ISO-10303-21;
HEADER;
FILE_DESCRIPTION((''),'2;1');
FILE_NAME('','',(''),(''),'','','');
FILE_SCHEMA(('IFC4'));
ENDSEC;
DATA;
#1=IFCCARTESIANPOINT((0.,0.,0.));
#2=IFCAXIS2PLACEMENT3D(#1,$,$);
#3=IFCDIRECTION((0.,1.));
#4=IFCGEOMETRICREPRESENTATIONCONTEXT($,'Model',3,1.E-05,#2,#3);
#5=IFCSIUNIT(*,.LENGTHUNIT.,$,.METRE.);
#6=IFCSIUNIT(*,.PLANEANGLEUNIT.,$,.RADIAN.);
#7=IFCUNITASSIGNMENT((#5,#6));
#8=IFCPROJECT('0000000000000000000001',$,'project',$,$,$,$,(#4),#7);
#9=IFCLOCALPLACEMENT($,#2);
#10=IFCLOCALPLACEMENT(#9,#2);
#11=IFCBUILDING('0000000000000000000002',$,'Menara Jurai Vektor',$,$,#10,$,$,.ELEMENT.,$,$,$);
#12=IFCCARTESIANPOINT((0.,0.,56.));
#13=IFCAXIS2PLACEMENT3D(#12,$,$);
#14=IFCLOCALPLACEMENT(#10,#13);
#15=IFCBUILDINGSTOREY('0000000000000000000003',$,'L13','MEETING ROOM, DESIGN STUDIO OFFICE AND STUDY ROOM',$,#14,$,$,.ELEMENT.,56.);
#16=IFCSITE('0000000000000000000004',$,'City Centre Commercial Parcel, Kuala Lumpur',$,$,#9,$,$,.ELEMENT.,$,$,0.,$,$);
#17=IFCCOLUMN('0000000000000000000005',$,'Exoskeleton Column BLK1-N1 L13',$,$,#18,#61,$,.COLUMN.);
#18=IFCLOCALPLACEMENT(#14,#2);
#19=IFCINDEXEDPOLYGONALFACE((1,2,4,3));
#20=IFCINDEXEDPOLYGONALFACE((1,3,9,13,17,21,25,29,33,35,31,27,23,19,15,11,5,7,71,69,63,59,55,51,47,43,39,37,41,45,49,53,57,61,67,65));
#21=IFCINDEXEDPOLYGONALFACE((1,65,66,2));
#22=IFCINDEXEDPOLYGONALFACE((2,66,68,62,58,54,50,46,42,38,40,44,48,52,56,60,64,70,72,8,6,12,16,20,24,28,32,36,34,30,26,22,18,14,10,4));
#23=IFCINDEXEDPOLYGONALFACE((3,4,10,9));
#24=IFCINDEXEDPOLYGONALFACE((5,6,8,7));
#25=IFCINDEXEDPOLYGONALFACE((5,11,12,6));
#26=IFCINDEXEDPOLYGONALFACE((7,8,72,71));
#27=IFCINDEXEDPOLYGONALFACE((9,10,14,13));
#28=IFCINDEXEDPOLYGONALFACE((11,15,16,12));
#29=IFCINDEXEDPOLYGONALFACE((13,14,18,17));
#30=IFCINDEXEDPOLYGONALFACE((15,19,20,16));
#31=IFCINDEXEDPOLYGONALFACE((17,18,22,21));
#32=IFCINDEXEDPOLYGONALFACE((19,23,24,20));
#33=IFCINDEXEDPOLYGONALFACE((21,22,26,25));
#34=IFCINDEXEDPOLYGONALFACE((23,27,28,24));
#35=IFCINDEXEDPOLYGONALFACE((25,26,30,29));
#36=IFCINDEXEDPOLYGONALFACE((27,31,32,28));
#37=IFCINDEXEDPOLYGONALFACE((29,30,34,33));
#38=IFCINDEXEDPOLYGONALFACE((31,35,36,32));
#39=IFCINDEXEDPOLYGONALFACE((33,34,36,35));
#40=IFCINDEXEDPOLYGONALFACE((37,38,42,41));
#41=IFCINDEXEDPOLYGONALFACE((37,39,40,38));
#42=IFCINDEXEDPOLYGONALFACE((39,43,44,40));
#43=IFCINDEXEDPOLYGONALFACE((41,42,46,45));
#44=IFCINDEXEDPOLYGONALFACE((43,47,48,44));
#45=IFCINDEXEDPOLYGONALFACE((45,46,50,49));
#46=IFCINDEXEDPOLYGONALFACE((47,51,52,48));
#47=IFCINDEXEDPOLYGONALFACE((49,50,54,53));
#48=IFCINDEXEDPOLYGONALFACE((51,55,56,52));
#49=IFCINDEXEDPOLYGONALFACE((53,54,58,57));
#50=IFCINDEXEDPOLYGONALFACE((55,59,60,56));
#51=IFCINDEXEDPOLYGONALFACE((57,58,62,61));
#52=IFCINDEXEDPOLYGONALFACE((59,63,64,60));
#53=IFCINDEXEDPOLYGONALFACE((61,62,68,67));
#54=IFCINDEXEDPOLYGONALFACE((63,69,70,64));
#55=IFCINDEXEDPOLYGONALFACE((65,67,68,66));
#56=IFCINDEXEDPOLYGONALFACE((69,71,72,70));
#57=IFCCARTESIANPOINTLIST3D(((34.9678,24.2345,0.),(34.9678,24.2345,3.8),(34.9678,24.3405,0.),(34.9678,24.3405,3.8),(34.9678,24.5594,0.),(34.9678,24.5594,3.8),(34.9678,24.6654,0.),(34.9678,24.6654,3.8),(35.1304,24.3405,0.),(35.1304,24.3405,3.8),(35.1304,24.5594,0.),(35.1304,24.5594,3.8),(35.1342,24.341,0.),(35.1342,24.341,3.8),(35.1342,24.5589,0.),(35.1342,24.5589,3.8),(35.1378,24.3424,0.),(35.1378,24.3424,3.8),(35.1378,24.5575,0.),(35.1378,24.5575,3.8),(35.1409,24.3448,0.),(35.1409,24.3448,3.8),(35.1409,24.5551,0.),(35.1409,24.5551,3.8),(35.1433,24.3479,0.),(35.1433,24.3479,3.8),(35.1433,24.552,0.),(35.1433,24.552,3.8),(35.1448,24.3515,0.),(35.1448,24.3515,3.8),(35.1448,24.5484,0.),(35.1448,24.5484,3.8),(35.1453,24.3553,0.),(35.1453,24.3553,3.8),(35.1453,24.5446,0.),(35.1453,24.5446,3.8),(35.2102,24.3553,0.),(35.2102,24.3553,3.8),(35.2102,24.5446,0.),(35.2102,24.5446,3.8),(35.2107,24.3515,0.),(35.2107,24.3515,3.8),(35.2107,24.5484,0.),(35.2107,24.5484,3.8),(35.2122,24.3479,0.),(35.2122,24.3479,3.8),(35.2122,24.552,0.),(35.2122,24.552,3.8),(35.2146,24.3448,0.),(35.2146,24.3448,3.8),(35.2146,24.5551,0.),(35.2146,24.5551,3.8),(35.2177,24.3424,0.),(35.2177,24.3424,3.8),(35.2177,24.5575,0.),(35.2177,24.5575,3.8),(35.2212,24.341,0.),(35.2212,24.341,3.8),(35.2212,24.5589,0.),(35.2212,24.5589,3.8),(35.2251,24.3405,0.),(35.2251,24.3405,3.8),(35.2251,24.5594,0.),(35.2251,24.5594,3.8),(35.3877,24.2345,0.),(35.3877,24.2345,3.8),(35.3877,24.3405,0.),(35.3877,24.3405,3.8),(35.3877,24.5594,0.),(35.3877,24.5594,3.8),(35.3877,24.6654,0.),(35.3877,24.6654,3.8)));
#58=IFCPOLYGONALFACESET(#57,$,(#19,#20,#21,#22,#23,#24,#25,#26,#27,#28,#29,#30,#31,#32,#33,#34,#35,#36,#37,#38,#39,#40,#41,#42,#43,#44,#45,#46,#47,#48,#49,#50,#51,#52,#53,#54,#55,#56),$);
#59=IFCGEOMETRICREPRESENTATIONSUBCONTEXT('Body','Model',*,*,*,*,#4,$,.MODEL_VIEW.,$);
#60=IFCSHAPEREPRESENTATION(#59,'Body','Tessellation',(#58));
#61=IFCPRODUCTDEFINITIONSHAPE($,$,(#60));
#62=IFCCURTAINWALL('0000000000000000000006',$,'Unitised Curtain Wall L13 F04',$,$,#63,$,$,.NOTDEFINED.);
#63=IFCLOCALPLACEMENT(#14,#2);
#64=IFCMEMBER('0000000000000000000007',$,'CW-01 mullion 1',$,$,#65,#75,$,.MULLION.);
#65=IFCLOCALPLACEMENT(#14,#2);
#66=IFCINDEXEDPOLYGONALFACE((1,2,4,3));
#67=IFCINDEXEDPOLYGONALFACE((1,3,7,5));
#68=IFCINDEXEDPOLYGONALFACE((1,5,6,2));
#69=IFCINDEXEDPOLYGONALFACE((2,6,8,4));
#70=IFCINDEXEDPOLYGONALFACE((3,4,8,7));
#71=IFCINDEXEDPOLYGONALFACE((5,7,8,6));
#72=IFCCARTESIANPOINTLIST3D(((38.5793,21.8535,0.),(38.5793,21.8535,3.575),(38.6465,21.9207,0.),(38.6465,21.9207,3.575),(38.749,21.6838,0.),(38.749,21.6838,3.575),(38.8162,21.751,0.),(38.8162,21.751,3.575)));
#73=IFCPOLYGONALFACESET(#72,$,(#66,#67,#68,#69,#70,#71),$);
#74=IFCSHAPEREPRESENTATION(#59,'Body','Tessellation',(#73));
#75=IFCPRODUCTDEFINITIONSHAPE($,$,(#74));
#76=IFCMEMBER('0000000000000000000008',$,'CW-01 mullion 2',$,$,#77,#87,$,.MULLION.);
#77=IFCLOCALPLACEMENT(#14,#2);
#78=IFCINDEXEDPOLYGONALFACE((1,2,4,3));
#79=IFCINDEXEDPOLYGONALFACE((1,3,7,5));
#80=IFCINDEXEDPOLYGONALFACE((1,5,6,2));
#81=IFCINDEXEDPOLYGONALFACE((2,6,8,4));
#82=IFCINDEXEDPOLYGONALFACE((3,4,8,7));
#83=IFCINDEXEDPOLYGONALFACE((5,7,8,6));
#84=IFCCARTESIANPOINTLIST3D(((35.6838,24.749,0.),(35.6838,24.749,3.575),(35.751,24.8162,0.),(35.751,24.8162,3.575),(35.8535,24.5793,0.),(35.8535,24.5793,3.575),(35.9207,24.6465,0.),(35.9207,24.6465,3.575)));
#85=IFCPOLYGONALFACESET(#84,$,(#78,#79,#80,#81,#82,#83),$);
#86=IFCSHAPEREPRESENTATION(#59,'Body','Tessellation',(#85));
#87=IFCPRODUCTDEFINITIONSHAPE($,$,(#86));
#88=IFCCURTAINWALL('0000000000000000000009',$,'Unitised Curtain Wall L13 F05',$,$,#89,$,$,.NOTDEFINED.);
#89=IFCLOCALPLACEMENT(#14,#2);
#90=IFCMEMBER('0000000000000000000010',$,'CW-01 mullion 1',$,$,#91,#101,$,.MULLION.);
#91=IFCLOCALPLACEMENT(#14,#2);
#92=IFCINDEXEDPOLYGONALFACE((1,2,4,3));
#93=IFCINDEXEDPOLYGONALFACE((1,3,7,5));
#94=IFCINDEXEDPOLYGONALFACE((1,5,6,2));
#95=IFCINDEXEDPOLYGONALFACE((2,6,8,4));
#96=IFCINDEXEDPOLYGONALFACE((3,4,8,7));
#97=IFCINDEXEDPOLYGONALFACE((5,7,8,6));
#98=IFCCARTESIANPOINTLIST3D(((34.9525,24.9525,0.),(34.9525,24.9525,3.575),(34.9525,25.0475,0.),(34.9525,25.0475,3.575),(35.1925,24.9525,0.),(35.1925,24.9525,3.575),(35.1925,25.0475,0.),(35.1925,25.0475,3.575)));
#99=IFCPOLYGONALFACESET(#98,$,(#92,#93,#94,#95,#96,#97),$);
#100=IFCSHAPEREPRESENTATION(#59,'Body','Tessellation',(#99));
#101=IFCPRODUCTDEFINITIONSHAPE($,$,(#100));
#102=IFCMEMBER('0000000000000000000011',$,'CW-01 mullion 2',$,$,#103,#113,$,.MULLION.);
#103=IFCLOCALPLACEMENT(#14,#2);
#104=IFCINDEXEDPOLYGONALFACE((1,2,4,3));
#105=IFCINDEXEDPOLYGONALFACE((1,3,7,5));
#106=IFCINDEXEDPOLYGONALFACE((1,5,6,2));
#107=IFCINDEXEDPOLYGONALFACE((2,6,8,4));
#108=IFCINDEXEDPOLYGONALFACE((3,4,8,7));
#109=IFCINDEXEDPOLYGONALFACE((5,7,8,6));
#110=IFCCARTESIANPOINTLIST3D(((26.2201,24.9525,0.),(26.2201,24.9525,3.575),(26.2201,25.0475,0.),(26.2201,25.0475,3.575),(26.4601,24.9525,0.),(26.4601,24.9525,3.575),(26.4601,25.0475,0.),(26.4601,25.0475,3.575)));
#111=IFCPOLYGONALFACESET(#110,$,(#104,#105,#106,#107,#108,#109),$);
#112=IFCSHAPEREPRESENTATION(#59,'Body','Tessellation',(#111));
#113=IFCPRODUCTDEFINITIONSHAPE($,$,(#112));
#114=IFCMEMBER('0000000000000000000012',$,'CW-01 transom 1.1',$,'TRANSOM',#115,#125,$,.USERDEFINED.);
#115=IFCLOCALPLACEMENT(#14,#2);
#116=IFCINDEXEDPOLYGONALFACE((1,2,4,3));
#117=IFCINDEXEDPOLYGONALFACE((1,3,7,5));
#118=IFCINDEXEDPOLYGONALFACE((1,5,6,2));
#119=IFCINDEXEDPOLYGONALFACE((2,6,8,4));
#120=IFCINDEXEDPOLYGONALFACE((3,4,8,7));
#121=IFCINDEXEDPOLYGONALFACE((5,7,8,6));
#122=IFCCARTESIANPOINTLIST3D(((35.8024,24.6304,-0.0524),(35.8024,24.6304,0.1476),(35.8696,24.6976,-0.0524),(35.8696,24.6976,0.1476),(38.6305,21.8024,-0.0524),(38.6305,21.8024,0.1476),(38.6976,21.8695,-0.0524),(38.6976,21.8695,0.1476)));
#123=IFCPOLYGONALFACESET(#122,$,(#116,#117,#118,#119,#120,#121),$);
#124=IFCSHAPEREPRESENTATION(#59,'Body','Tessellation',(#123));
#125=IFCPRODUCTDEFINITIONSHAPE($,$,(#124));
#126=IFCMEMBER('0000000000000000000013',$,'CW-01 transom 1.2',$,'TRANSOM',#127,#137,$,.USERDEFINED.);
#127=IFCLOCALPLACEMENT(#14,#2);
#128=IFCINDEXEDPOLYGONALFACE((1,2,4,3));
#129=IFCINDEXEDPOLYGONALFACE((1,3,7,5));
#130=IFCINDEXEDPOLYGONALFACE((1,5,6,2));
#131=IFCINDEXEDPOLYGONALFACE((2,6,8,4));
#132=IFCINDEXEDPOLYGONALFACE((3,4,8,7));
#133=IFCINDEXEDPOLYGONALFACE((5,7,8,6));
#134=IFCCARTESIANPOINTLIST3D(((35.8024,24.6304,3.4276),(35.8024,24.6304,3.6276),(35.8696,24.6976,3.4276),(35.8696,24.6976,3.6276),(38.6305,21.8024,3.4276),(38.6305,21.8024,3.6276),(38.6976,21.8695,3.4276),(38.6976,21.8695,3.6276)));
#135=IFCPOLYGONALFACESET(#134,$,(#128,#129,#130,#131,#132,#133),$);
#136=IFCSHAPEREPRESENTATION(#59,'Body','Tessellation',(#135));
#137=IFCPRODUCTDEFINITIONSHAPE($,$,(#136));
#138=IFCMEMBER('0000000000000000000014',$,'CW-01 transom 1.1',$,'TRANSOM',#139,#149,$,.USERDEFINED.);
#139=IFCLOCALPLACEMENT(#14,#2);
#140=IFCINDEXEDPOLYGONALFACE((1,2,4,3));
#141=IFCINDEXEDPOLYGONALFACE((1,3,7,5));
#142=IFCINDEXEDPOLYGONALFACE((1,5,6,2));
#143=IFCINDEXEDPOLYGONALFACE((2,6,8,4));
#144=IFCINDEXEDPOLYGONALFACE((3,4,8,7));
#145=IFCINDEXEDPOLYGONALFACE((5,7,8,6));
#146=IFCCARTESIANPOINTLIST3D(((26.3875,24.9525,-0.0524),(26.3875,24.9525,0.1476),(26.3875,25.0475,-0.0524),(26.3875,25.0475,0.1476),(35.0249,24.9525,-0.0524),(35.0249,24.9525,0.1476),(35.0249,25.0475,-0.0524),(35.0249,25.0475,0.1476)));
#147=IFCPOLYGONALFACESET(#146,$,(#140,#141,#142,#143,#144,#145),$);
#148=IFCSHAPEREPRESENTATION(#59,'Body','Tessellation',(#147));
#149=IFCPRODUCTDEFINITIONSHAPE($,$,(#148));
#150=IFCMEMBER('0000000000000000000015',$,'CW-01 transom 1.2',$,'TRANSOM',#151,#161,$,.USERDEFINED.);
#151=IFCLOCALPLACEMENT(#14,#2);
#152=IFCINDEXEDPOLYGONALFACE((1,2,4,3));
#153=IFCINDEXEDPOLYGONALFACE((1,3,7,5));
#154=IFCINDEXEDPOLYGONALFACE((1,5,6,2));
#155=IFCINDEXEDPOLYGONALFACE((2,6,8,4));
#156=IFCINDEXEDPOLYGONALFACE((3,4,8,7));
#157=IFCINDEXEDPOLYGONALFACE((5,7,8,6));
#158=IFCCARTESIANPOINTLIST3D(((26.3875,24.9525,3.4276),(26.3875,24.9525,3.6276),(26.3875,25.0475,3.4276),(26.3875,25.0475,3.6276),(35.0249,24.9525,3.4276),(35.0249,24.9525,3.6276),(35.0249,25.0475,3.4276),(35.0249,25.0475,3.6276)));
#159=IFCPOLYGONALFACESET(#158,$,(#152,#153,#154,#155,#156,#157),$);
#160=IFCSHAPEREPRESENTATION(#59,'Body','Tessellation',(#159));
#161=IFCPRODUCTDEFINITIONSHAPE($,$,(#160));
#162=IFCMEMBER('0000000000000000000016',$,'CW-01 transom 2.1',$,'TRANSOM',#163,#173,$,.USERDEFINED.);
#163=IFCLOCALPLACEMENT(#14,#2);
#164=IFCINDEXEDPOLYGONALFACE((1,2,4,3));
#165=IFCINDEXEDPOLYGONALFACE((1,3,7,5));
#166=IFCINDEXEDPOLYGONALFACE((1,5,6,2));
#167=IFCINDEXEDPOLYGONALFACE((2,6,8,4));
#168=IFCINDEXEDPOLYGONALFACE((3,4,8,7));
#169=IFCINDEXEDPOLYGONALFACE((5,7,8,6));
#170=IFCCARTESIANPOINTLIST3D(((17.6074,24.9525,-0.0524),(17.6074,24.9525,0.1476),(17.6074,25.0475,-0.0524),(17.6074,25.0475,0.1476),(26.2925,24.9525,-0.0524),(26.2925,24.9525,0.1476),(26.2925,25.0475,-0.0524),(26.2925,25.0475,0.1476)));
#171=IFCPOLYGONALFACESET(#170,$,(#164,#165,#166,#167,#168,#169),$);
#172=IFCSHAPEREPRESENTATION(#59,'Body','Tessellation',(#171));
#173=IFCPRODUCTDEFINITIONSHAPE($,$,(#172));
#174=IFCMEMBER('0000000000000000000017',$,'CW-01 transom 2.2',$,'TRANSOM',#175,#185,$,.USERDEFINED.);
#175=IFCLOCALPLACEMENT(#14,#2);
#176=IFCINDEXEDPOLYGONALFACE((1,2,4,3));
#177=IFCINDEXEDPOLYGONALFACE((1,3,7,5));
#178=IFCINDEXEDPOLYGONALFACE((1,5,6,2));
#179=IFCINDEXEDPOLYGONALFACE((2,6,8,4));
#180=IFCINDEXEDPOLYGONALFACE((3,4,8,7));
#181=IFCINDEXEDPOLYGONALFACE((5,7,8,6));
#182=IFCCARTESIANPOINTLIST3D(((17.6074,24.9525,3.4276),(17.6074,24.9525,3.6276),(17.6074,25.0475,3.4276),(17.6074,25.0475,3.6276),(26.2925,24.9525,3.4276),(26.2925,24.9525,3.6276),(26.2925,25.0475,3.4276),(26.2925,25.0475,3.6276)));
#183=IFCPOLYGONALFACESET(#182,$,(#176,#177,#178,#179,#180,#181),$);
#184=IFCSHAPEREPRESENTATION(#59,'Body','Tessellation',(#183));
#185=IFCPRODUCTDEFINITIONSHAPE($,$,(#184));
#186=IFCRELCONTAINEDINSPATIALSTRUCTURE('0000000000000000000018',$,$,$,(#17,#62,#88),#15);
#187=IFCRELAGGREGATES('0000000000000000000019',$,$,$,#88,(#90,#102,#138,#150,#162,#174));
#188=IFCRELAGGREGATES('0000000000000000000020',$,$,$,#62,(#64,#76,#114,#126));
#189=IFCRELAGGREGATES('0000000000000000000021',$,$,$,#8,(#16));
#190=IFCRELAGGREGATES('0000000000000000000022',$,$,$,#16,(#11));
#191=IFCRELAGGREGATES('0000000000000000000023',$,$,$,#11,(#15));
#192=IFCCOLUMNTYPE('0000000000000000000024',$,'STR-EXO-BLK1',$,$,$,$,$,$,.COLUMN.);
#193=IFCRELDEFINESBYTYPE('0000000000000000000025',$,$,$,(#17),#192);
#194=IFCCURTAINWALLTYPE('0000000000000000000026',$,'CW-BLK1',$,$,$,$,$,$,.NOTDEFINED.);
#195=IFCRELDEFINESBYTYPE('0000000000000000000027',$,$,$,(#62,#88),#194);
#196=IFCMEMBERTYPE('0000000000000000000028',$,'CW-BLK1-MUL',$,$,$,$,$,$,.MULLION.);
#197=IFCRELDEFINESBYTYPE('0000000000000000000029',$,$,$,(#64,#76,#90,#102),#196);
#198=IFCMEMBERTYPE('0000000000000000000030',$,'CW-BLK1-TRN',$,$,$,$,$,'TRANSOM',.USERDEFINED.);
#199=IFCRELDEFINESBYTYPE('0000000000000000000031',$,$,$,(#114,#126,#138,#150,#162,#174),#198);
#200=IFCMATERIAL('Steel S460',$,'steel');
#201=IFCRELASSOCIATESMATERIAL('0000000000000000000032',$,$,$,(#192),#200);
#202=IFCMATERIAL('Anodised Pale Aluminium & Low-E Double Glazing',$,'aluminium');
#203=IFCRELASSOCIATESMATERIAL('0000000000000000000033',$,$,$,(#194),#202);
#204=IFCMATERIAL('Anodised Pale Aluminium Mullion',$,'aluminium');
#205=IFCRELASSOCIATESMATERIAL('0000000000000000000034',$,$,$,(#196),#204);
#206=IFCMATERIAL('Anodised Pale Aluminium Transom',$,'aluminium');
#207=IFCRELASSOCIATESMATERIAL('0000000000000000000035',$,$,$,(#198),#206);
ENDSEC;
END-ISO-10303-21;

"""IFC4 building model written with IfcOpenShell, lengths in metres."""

from ifc_helpers import new_model, si_unit, direction, frame, origin, origin_2d, place, context, subcontext, project, spatial, rectangle, i_section, extrude, material, material_profile, profile_set, type_object, element, aggregate, save


model = new_model("IFC4")

# Units and contexts
model_context = context("Model", 3, precision=1e-05, world=origin(), true_north=direction((0.0, 1.0)))
body_context = subcontext(model_context, "Body", "Model", "MODEL_VIEW")
ifc_project = project(units=[si_unit("LENGTHUNIT", "METRE"), si_unit("PLANEANGLEUNIT", "RADIAN")], contexts=[model_context])

# Site, building, storey
site_placement = place(None, origin())
site = spatial("IfcSite", under=ifc_project, at=site_placement, Name="City Centre Commercial Parcel, Kuala Lumpur", CompositionType="ELEMENT", RefElevation=0.0)
building_placement = place(site_placement, origin())
building = spatial("IfcBuilding", under=site, at=building_placement, Name="Menara Jurai Vektor", CompositionType="ELEMENT")
storey_placement = place(building_placement, frame((0.0, 0.0, 56.0)))
storey = spatial("IfcBuildingStorey", under=building, at=storey_placement, Name="L13", Description="MEETING ROOM, DESIGN STUDIO OFFICE AND STUDY ROOM", CompositionType="ELEMENT", Elevation=56.0)

# Column
ifc_material_1 = material(Name="Steel S460", Category="steel")
ifc_material_profile_1 = material_profile(ifc_material_1, i_section(OverallWidth=0.4199, OverallDepth=0.4309, WebThickness=0.0649, FlangeThickness=0.106, FilletRadius=0.0149, at=origin_2d()), Name="HD 400x900")
ifc_profile_set_1 = profile_set([ifc_material_profile_1], Name="Steel S460")
column_type = type_object("IfcColumnType", Name="STR-EXO-BLK1", PredefinedType="COLUMN", material=ifc_profile_set_1)
column_placement = place(storey_placement, frame((35.1777, 24.45, 0.0), z_axis=(0.0, 0.0, 1.0), x_axis=(1.0, 0.0, 0.0)))
element("IfcColumn", 1, at=column_placement, inside=storey, type_object=column_type, Name="Exoskeleton Column BLK1-N1 L13", PredefinedType="COLUMN", context=body_context, shape_type="SweptSolid", body=[
    extrude(i_section(OverallWidth=0.4199, OverallDepth=0.4309, WebThickness=0.0649, FlangeThickness=0.106, FilletRadius=0.0149, at=origin_2d()), origin(), (0.0, 0.0, 1.0), 3.8),
])

# Curtain walls, members
ifc_material_2 = material(Name="Anodised Pale Aluminium & Low-E Double Glazing", Category="aluminium")
curtain_wall_type = type_object("IfcCurtainWallType", Name="CW-BLK1", PredefinedType="NOTDEFINED", material=ifc_material_2)
curtain_wall_1_placement = place(storey_placement, origin())
curtain_wall_1 = element("IfcCurtainWall", 2, at=curtain_wall_1_placement, inside=storey, type_object=curtain_wall_type, Name="Unitised Curtain Wall L13 F04", PredefinedType="NOTDEFINED")
ifc_material_3 = material(Name="Anodised Pale Aluminium Mullion", Category="aluminium")
ifc_material_profile_2 = material_profile(ifc_material_3, rectangle(XDim=0.095, YDim=0.24, at=origin_2d()), Name="ALU MUL 95x240")
ifc_profile_set_2 = profile_set([ifc_material_profile_2], Name="Anodised Pale Aluminium Mullion")
member_type_1 = type_object("IfcMemberType", Name="CW-BLK1-MUL", PredefinedType="MULLION", material=ifc_profile_set_2)
member_1_placement = place(storey_placement, frame((38.6978, 21.8022, 0.0), z_axis=(0.0, 0.0, 1.0), x_axis=(-0.707107, -0.707107, 0.0)))
member_1 = element("IfcMember", 3, at=member_1_placement, type_object=member_type_1, Name="CW-01 mullion 1", PredefinedType="MULLION", context=body_context, shape_type="SweptSolid", body=[
    extrude(rectangle(XDim=0.095, YDim=0.24, at=origin_2d()), origin(), (0.0, 0.0, 1.0), 3.575),
])
member_2_placement = place(storey_placement, frame((35.8022, 24.6978, 0.0), z_axis=(0.0, 0.0, 1.0), x_axis=(-0.707107, -0.707107, 0.0)))
member_2 = element("IfcMember", 4, at=member_2_placement, type_object=member_type_1, Name="CW-01 mullion 2", PredefinedType="MULLION", context=body_context, shape_type="SweptSolid", body=[
    extrude(rectangle(XDim=0.095, YDim=0.24, at=origin_2d()), origin(), (0.0, 0.0, 1.0), 3.575),
])
curtain_wall_2_placement = place(storey_placement, origin())
curtain_wall_2 = element("IfcCurtainWall", 5, at=curtain_wall_2_placement, inside=storey, type_object=curtain_wall_type, Name="Unitised Curtain Wall L13 F05", PredefinedType="NOTDEFINED")
member_3_placement = place(storey_placement, frame((35.0725, 25.0, 0.0), z_axis=(0.0, 0.0, 1.0), x_axis=(0.0, -1.0, 0.0)))
member_3 = element("IfcMember", 6, at=member_3_placement, type_object=member_type_1, Name="CW-01 mullion 1", PredefinedType="MULLION", context=body_context, shape_type="SweptSolid", body=[
    extrude(rectangle(XDim=0.095, YDim=0.24, at=origin_2d()), origin(), (0.0, 0.0, 1.0), 3.575),
])
member_4_placement = place(storey_placement, frame((26.3401, 25.0, 0.0), z_axis=(0.0, 0.0, 1.0), x_axis=(0.0, -1.0, 0.0)))
member_4 = element("IfcMember", 7, at=member_4_placement, type_object=member_type_1, Name="CW-01 mullion 2", PredefinedType="MULLION", context=body_context, shape_type="SweptSolid", body=[
    extrude(rectangle(XDim=0.095, YDim=0.24, at=origin_2d()), origin(), (0.0, 0.0, 1.0), 3.575),
])

# Members
ifc_material_4 = material(Name="Anodised Pale Aluminium Transom", Category="aluminium")
ifc_material_profile_3 = material_profile(ifc_material_4, rectangle(XDim=0.095, YDim=0.2, at=origin_2d()), Name="ALU TRN 95x200")
ifc_profile_set_3 = profile_set([ifc_material_profile_3], Name="Anodised Pale Aluminium Transom")
member_type_2 = type_object("IfcMemberType", Name="CW-BLK1-TRN", ElementType="TRANSOM", PredefinedType="USERDEFINED", material=ifc_profile_set_3)
member_5_placement = place(storey_placement, frame((38.6641, 21.8359, 0.0476), z_axis=(-0.707107, 0.707107, 0.0), x_axis=(-0.707107, -0.707107, 0.0)))
member_5 = element("IfcMember", 8, at=member_5_placement, type_object=member_type_2, Name="CW-01 transom 1.1", ObjectType="TRANSOM", PredefinedType="USERDEFINED", context=body_context, shape_type="SweptSolid", body=[
    extrude(rectangle(XDim=0.095, YDim=0.2, at=origin_2d()), origin(), (0.0, 0.0, 1.0), 3.9995),
])
member_6_placement = place(storey_placement, frame((38.6641, 21.8359, 3.5276), z_axis=(-0.707107, 0.707107, 0.0), x_axis=(-0.707107, -0.707107, 0.0)))
member_6 = element("IfcMember", 9, at=member_6_placement, type_object=member_type_2, Name="CW-01 transom 1.2", ObjectType="TRANSOM", PredefinedType="USERDEFINED", context=body_context, shape_type="SweptSolid", body=[
    extrude(rectangle(XDim=0.095, YDim=0.2, at=origin_2d()), origin(), (0.0, 0.0, 1.0), 3.9995),
])
member_7_placement = place(storey_placement, frame((35.0249, 25.0, 0.0476), z_axis=(-1.0, 0.0, 0.0), x_axis=(0.0, -1.0, 0.0)))
member_7 = element("IfcMember", 10, at=member_7_placement, type_object=member_type_2, Name="CW-01 transom 1.1", ObjectType="TRANSOM", PredefinedType="USERDEFINED", context=body_context, shape_type="SweptSolid", body=[
    extrude(rectangle(XDim=0.095, YDim=0.2, at=origin_2d()), origin(), (0.0, 0.0, 1.0), 8.6375),
])
member_8_placement = place(storey_placement, frame((35.0249, 25.0, 3.5276), z_axis=(-1.0, 0.0, 0.0), x_axis=(0.0, -1.0, 0.0)))
member_8 = element("IfcMember", 11, at=member_8_placement, type_object=member_type_2, Name="CW-01 transom 1.2", ObjectType="TRANSOM", PredefinedType="USERDEFINED", context=body_context, shape_type="SweptSolid", body=[
    extrude(rectangle(XDim=0.095, YDim=0.2, at=origin_2d()), origin(), (0.0, 0.0, 1.0), 8.6375),
])
member_9_placement = place(storey_placement, frame((26.2925, 25.0, 0.0476), z_axis=(-1.0, 0.0, 0.0), x_axis=(0.0, -1.0, 0.0)))
member_9 = element("IfcMember", 12, at=member_9_placement, type_object=member_type_2, Name="CW-01 transom 2.1", ObjectType="TRANSOM", PredefinedType="USERDEFINED", context=body_context, shape_type="SweptSolid", body=[
    extrude(rectangle(XDim=0.095, YDim=0.2, at=origin_2d()), origin(), (0.0, 0.0, 1.0), 8.6851),
])
member_10_placement = place(storey_placement, frame((26.2925, 25.0, 3.5276), z_axis=(-1.0, 0.0, 0.0), x_axis=(0.0, -1.0, 0.0)))
member_10 = element("IfcMember", 13, at=member_10_placement, type_object=member_type_2, Name="CW-01 transom 2.2", ObjectType="TRANSOM", PredefinedType="USERDEFINED", context=body_context, shape_type="SweptSolid", body=[
    extrude(rectangle(XDim=0.095, YDim=0.2, at=origin_2d()), origin(), (0.0, 0.0, 1.0), 8.6851),
])

aggregate(curtain_wall_2, [member_3, member_4, member_7, member_8, member_9, member_10])
aggregate(curtain_wall_1, [member_1, member_2, member_5, member_6])

save(model, "model.ifc")
